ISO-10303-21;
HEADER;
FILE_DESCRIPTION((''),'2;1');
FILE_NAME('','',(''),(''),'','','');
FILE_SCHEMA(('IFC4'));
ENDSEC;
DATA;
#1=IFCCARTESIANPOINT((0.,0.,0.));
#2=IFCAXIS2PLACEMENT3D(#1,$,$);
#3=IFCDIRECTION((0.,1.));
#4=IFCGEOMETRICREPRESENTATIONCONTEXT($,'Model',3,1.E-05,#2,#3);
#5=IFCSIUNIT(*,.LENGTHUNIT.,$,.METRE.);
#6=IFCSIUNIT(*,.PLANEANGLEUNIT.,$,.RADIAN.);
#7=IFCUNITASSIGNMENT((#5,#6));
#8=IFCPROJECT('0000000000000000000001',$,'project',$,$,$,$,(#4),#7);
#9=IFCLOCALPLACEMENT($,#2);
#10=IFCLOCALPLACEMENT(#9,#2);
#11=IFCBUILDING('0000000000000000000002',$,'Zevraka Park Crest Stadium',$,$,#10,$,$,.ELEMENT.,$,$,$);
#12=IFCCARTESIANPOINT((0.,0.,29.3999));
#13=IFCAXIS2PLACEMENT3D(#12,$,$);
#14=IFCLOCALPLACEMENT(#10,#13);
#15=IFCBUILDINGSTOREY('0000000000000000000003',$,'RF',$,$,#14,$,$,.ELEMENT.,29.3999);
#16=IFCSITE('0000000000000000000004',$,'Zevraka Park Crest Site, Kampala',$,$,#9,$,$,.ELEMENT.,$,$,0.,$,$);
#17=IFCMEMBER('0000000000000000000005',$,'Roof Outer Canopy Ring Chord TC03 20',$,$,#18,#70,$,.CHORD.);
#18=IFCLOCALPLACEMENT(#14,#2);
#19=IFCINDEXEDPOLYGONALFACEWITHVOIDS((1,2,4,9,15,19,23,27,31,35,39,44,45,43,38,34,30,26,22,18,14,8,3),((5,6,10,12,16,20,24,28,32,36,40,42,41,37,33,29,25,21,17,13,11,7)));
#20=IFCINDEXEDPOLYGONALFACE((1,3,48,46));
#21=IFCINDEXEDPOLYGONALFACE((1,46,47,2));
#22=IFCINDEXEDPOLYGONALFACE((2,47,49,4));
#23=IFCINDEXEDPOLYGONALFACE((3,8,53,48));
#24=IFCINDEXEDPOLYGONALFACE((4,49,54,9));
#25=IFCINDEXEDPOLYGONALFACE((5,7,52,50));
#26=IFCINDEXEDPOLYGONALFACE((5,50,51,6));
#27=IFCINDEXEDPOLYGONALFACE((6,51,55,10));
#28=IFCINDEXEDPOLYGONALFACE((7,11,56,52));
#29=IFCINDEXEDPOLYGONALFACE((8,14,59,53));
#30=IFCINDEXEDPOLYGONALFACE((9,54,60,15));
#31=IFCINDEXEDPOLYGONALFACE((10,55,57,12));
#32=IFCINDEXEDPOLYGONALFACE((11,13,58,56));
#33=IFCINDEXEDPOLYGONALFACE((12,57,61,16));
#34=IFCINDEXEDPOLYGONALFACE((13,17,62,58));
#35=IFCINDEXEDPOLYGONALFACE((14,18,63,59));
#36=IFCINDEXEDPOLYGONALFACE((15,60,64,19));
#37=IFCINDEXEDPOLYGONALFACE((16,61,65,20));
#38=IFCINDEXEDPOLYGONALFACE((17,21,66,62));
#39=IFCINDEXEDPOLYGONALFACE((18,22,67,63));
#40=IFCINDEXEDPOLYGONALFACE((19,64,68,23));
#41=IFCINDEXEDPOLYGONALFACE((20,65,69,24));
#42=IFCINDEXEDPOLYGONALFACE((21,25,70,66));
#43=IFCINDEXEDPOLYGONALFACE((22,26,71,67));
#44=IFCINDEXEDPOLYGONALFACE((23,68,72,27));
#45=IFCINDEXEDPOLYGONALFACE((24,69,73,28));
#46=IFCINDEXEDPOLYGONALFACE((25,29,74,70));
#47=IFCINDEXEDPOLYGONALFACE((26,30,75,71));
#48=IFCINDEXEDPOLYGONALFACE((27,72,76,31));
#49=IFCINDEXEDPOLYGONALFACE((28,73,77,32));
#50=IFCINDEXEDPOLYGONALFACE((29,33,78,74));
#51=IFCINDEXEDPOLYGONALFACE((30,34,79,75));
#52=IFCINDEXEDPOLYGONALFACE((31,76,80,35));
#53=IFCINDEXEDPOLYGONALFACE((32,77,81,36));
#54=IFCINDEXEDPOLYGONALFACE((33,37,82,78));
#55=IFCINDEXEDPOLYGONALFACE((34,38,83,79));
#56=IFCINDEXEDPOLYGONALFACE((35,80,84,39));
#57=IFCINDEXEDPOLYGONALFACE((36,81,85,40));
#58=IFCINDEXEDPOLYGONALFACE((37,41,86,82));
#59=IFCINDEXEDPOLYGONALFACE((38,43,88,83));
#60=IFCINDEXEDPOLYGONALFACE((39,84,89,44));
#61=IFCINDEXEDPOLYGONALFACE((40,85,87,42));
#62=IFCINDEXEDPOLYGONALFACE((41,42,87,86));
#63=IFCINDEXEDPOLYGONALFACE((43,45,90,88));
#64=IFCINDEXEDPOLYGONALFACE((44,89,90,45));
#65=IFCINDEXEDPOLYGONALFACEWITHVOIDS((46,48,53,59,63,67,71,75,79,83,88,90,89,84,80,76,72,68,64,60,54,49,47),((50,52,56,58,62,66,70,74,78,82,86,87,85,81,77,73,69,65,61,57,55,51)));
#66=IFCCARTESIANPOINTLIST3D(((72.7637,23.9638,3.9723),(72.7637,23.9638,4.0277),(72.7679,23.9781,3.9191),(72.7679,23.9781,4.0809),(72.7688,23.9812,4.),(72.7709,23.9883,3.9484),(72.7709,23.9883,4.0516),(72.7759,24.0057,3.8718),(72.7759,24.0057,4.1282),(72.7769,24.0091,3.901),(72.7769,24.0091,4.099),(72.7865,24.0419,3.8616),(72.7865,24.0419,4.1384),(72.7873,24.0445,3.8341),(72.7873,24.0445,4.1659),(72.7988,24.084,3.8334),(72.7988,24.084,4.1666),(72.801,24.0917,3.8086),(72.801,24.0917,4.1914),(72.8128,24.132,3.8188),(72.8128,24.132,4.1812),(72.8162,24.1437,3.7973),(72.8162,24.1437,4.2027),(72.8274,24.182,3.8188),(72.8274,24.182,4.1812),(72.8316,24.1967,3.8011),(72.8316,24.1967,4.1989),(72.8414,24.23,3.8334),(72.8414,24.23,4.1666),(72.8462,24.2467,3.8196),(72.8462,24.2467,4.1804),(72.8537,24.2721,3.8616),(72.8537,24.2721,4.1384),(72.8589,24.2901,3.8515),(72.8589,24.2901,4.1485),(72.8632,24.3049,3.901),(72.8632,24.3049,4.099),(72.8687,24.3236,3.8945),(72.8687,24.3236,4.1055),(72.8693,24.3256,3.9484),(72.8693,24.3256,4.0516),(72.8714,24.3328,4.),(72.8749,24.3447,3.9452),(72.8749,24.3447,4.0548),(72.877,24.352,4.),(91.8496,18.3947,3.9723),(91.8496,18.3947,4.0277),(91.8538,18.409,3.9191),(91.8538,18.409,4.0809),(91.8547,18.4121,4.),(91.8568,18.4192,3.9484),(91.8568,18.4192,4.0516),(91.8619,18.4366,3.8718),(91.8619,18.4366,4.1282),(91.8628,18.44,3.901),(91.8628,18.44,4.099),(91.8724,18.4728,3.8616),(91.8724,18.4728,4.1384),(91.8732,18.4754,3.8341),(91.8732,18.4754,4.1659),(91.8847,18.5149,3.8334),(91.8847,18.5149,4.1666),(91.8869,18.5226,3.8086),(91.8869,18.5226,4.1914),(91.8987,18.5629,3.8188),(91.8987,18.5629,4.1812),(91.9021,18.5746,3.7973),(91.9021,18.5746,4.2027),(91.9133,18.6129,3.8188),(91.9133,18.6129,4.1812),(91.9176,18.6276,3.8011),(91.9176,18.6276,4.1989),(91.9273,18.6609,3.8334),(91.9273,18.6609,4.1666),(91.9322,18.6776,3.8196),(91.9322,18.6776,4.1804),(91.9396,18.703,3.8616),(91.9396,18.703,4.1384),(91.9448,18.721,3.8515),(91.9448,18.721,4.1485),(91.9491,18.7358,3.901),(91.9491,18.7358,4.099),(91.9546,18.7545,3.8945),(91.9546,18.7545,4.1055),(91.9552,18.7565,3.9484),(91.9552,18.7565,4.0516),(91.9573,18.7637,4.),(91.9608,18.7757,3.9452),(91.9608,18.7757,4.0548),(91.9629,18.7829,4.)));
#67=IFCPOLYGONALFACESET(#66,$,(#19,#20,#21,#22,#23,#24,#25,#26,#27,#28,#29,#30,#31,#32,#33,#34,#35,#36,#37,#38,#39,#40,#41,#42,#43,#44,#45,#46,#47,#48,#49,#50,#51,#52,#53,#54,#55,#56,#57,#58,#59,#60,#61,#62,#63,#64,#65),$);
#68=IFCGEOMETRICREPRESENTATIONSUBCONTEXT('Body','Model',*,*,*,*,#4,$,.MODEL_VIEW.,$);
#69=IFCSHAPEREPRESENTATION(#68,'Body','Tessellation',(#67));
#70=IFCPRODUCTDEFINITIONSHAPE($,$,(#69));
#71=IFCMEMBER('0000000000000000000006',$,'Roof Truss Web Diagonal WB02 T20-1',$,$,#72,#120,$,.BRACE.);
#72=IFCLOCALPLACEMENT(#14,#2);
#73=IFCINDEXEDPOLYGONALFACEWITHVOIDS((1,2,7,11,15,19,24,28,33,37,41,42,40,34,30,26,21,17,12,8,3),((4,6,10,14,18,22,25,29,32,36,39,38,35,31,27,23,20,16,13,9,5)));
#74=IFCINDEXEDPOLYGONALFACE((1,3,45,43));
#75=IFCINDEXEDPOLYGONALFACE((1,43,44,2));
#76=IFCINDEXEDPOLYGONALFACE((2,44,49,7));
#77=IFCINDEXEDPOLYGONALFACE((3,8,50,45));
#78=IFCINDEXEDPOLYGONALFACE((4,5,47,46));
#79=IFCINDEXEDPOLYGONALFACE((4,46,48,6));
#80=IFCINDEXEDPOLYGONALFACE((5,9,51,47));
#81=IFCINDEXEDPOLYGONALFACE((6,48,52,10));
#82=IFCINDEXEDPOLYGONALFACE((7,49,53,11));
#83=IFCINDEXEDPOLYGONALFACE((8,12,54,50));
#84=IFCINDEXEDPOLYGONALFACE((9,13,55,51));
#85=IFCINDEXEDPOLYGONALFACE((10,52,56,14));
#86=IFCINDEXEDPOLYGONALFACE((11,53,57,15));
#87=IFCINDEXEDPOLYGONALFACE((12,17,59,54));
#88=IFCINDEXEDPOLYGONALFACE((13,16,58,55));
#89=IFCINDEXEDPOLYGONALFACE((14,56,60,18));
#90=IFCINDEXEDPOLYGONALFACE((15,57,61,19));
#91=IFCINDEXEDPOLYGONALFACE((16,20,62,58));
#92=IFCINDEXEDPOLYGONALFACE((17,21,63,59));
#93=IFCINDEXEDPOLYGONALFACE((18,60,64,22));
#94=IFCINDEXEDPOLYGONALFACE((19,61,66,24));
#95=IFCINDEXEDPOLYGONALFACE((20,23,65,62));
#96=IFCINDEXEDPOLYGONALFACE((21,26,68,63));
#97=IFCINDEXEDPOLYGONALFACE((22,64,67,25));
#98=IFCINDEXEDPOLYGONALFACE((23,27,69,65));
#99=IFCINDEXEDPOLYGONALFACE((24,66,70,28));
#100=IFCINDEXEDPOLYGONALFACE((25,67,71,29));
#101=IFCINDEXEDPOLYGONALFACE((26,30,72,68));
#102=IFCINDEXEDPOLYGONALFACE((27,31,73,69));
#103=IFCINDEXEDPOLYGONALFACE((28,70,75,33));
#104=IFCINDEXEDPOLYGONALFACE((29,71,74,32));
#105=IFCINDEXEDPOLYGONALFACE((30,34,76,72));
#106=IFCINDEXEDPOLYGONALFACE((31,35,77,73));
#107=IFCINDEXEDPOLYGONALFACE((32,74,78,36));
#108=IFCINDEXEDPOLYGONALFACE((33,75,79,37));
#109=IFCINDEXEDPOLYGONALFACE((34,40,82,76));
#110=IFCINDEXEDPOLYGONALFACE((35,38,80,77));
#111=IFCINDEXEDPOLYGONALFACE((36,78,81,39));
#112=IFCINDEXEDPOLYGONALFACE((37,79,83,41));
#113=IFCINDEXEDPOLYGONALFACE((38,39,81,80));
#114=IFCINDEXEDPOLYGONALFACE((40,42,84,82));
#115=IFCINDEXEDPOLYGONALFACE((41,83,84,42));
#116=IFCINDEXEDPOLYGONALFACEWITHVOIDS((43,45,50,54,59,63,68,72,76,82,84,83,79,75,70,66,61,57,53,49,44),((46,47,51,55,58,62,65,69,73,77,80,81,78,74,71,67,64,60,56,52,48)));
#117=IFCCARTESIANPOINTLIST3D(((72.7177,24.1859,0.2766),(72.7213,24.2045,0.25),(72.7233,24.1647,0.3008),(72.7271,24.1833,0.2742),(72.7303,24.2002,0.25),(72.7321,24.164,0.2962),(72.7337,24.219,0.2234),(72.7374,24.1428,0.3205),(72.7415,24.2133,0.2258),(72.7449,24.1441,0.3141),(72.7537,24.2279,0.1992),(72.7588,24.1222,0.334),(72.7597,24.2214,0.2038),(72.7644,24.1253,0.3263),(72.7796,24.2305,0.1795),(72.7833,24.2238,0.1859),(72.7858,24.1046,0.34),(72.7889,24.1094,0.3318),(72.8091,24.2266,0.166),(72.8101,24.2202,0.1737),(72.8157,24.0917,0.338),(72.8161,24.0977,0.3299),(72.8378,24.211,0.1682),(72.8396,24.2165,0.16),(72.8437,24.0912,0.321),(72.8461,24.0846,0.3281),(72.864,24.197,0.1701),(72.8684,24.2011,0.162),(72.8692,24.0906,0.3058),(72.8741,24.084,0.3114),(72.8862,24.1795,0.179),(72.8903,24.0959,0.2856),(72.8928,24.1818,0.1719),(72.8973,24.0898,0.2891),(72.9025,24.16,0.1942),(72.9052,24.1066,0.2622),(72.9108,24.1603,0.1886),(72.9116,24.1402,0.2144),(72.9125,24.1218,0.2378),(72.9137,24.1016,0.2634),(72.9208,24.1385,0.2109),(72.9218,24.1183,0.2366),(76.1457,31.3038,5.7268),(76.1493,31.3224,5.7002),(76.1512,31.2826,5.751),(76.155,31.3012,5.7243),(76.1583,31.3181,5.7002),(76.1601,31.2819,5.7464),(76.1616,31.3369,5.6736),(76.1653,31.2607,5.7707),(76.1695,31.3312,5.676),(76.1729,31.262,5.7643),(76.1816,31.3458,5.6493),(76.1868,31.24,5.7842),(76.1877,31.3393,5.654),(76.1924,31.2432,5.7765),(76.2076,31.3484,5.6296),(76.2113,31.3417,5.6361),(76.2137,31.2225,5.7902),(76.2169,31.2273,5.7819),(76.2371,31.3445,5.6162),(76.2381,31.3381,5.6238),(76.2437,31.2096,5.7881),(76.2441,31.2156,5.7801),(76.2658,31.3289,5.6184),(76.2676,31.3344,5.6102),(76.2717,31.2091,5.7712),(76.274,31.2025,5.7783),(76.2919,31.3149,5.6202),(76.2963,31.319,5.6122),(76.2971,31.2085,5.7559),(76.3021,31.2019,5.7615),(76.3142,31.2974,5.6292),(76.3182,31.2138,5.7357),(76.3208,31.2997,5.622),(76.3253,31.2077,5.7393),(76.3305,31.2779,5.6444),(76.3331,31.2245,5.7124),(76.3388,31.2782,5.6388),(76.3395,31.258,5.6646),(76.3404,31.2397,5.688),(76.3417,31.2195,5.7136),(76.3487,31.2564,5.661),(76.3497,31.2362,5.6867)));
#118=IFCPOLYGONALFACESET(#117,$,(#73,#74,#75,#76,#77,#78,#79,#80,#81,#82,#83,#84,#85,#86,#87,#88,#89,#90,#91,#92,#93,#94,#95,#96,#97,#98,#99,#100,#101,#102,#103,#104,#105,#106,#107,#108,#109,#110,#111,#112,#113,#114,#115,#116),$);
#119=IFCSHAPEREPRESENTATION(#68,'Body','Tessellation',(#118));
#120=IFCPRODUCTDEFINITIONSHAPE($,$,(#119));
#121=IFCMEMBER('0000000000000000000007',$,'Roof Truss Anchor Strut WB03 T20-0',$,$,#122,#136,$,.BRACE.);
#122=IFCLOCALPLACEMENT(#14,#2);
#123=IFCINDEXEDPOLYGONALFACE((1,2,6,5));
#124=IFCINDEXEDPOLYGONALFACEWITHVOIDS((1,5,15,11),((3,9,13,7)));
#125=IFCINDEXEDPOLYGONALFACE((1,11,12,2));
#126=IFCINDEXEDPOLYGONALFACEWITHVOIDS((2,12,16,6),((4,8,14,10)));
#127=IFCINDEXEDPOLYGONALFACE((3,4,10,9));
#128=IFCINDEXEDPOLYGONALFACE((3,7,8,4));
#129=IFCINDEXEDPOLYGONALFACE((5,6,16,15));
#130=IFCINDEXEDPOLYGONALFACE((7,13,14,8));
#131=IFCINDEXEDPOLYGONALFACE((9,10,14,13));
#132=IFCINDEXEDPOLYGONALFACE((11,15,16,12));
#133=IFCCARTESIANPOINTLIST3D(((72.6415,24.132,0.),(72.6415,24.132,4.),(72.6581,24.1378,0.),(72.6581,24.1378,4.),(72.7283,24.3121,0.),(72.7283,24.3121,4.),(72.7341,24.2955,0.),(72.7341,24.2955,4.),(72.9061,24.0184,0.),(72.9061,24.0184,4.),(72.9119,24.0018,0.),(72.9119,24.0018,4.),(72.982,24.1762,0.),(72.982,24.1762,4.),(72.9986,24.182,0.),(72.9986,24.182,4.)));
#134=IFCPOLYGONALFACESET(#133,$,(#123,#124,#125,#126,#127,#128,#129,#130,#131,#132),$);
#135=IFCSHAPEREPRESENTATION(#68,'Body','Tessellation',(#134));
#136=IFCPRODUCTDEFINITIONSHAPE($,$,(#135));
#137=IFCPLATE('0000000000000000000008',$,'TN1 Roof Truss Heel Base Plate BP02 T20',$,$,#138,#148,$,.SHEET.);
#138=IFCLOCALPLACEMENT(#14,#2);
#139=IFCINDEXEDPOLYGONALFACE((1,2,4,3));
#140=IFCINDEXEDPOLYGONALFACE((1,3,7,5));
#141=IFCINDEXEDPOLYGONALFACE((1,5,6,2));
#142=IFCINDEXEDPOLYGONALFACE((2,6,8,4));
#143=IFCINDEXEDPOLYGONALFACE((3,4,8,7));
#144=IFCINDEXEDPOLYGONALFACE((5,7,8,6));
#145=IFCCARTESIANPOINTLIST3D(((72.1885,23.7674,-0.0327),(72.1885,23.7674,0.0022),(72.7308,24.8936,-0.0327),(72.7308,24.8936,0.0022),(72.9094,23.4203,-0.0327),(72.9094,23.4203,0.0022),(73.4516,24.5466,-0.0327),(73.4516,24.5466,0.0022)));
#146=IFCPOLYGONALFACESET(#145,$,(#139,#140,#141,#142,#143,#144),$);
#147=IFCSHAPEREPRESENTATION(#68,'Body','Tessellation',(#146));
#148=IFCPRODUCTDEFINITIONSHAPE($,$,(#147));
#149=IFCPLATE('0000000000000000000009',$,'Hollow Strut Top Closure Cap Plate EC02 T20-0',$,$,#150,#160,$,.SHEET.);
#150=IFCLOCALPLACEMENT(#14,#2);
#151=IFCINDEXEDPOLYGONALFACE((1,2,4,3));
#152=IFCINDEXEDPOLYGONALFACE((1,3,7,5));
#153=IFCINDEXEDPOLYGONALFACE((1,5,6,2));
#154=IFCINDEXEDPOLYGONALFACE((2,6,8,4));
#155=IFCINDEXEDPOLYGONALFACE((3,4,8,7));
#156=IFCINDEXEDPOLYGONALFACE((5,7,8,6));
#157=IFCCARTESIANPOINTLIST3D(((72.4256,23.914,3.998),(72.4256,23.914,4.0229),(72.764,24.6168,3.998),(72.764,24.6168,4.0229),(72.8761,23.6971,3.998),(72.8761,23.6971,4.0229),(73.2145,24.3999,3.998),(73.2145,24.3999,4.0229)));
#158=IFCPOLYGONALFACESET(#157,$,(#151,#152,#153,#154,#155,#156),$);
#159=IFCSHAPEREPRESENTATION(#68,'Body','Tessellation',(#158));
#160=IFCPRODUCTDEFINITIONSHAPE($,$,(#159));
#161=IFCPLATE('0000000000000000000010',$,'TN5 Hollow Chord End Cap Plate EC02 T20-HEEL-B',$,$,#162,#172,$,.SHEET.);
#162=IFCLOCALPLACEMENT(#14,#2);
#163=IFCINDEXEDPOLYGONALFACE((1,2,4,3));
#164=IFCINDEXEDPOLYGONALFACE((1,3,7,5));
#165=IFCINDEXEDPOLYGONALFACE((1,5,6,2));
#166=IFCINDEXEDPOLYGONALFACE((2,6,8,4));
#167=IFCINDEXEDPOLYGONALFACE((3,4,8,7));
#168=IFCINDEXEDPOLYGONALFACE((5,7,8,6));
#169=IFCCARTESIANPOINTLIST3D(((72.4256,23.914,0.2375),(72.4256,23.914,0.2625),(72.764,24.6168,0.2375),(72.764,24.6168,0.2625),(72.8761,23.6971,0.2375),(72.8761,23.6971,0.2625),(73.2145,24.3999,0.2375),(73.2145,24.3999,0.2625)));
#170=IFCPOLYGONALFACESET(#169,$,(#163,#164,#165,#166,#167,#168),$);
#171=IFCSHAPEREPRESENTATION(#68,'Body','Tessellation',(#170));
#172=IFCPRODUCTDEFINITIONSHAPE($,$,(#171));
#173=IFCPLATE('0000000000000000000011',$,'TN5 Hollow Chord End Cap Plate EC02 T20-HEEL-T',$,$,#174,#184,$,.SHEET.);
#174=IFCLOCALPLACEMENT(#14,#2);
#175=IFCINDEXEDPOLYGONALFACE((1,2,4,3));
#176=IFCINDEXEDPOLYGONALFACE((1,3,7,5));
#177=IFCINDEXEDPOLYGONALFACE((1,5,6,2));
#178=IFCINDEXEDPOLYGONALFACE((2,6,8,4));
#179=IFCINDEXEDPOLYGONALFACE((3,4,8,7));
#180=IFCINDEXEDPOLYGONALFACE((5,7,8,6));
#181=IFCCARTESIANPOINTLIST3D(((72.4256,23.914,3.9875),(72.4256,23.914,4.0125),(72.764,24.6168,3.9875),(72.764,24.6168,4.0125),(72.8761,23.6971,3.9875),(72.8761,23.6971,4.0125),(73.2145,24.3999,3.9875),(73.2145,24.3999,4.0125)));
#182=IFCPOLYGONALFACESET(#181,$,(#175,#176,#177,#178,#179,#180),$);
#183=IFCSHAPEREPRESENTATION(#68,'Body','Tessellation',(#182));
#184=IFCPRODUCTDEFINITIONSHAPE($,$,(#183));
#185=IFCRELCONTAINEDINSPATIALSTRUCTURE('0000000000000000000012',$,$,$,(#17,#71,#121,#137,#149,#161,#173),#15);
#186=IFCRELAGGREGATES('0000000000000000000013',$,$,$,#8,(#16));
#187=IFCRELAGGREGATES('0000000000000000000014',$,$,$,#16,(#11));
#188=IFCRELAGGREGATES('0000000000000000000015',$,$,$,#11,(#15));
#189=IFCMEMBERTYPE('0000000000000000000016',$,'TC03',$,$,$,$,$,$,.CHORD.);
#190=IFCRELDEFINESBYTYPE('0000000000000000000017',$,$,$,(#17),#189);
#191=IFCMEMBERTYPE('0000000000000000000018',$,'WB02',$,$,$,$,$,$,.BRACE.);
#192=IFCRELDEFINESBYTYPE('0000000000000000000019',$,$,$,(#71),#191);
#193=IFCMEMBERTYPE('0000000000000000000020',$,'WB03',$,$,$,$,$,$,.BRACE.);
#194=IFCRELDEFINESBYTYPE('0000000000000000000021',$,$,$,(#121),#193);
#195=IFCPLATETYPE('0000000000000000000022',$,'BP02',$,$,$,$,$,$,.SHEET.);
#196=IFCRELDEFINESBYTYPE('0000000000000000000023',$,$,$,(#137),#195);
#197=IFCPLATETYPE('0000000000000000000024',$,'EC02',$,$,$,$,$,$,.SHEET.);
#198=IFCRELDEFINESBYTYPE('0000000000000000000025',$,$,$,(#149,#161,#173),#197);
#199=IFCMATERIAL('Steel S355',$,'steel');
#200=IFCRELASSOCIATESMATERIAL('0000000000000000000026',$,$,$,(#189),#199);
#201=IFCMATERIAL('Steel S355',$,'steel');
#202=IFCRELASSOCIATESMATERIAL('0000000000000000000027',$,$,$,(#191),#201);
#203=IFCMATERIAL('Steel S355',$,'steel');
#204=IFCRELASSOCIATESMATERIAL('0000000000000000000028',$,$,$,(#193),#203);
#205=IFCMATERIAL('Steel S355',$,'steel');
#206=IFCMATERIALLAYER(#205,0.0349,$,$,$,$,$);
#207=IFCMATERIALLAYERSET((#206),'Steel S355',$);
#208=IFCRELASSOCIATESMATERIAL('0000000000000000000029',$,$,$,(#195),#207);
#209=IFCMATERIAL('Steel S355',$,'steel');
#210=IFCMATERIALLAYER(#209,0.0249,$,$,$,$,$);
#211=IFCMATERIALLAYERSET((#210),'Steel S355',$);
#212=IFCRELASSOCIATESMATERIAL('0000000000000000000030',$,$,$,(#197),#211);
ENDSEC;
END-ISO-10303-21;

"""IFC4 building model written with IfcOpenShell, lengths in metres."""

from ifc_helpers import new_model, si_unit, direction, frame, origin, origin_2d, place, context, subcontext, project, spatial, rectangle, hollow_rectangle, hollow_circle, extrude, material, layer, layer_set, material_profile, profile_set, type_object, element, save


model = new_model("IFC4")

# Units and contexts
model_context = context("Model", 3, precision=1e-05, world=origin(), true_north=direction((0.0, 1.0)))
body_context = subcontext(model_context, "Body", "Model", "MODEL_VIEW")
ifc_project = project(units=[si_unit("LENGTHUNIT", "METRE"), si_unit("PLANEANGLEUNIT", "RADIAN")], contexts=[model_context])

# Site, building, storey
site_placement = place(None, origin())
site = spatial("IfcSite", under=ifc_project, at=site_placement, Name="Zevraka Park Crest Site, Kampala", CompositionType="ELEMENT", RefElevation=0.0)
building_placement = place(site_placement, origin())
building = spatial("IfcBuilding", under=site, at=building_placement, Name="Zevraka Park Crest Stadium", CompositionType="ELEMENT")
storey_placement = place(building_placement, frame((0.0, 0.0, 29.3999)))
storey = spatial("IfcBuildingStorey", under=building, at=storey_placement, Name="RF", CompositionType="ELEMENT", Elevation=29.3999)

# Members
ifc_material_1 = material(Name="Steel S355", Category="steel")
ifc_material_profile_1 = material_profile(ifc_material_1, hollow_circle(Radius=0.2031, WallThickness=0.02, at=origin_2d()), Name="CHS 406.4x20")
ifc_profile_set_1 = profile_set([ifc_material_profile_1], Name="Steel S355")
member_type_1 = type_object("IfcMemberType", Name="TC03", PredefinedType="CHORD", material=ifc_profile_set_1)
member_1_placement = place(storey_placement, frame((72.8201, 24.157, 4.0), z_axis=(0.959968, -0.280109, 0.0), x_axis=(0.280109, 0.959968, 0.0)))
element("IfcMember", 1, at=member_1_placement, inside=storey, type_object=member_type_1, Name="Roof Outer Canopy Ring Chord TC03 20", PredefinedType="CHORD", context=body_context, shape_type="SweptSolid", body=[
    extrude(hollow_circle(Radius=0.2031, WallThickness=0.02, at=origin_2d()), origin(), (0.0, 0.0, 1.0), 19.8818),
])
ifc_material_2 = material(Name="Steel S355", Category="steel")
ifc_material_profile_2 = material_profile(ifc_material_2, hollow_circle(Radius=0.1096, WallThickness=0.01, at=origin_2d()), Name="CHS 219.1x10")
ifc_profile_set_2 = profile_set([ifc_material_profile_2], Name="Steel S355")
member_type_2 = type_object("IfcMemberType", Name="WB02", PredefinedType="BRACE", material=ifc_profile_set_2)
member_2_placement = place(storey_placement, frame((72.8201, 24.157, 0.25), z_axis=(0.357158, 0.741609, 0.567851), x_axis=(-0.900961, 0.433901, 0.0)))
element("IfcMember", 2, at=member_2_placement, inside=storey, type_object=member_type_2, Name="Roof Truss Web Diagonal WB02 T20-1", PredefinedType="BRACE", context=body_context, shape_type="SweptSolid", body=[
    extrude(hollow_circle(Radius=0.1096, WallThickness=0.01, at=origin_2d()), origin(), (0.0, 0.0, 1.0), 9.5979),
])
ifc_material_3 = material(Name="Steel S355", Category="steel")
ifc_material_profile_3 = material_profile(ifc_material_3, hollow_rectangle(XDim=0.2, YDim=0.3, WallThickness=0.0125, at=origin_2d()), Name="RHS 300x200x12.5")
ifc_profile_set_3 = profile_set([ifc_material_profile_3], Name="Steel S355")
member_type_3 = type_object("IfcMemberType", Name="WB03", PredefinedType="BRACE", material=ifc_profile_set_3)
member_3_placement = place(storey_placement, frame((72.8201, 24.157, 0.0), z_axis=(0.0, 0.0, 1.0), x_axis=(0.433816, 0.901001, 0.0)))
element("IfcMember", 3, at=member_3_placement, inside=storey, type_object=member_type_3, Name="Roof Truss Anchor Strut WB03 T20-0", PredefinedType="BRACE", context=body_context, shape_type="SweptSolid", body=[
    extrude(hollow_rectangle(XDim=0.2, YDim=0.3, WallThickness=0.0125, at=origin_2d()), origin(), (0.0, 0.0, 1.0), 4.0),
])

# Plates
ifc_material_4 = material(Name="Steel S355", Category="steel")
ifc_layer_1 = layer(ifc_material_4, 0.0349)
ifc_layer_set_1 = layer_set([ifc_layer_1], Name="Steel S355")
plate_type_1 = type_object("IfcPlateType", Name="BP02", PredefinedType="SHEET", material=ifc_layer_set_1)
plate_placement = place(storey_placement, frame((72.8201, 24.157, -0.0327), z_axis=(0.0, 0.0, 1.0), x_axis=(0.433816, 0.901001, 0.0)))
element("IfcPlate", 4, at=plate_placement, inside=storey, type_object=plate_type_1, Name="TN1 Roof Truss Heel Base Plate BP02 T20", PredefinedType="SHEET", context=body_context, shape_type="SweptSolid", body=[
    extrude(rectangle(XDim=1.25, YDim=0.8, at=origin_2d()), origin(), (0.0, 0.0, 1.0), 0.0349),
])
ifc_material_5 = material(Name="Steel S355", Category="steel")
ifc_layer_2 = layer(ifc_material_5, 0.0249)
ifc_layer_set_2 = layer_set([ifc_layer_2], Name="Steel S355")
plate_type_2 = type_object("IfcPlateType", Name="EC02", PredefinedType="SHEET", material=ifc_layer_set_2)
for number, where, z_axis, x_axis, name in (
    (5, (72.8201, 24.157, 3.998), (0.0, 0.0, 1.0), (0.433816, 0.901001, 0.0), "Hollow Strut Top Closure Cap Plate EC02 T20-0"),
    (6, (72.8201, 24.157, 0.2375), (0.0, 0.0, 1.0), (0.433816, 0.901001, 0.0), "TN5 Hollow Chord End Cap Plate EC02 T20-HEEL-B"),
    (7, (72.8201, 24.157, 3.9875), (0.0, 0.0, 1.0), (0.433816, 0.901001, 0.0), "TN5 Hollow Chord End Cap Plate EC02 T20-HEEL-T"),
):
    element("IfcPlate", number, at=place(storey_placement, frame(where, z_axis=z_axis, x_axis=x_axis)), inside=storey, type_object=plate_type_2, Name=name, PredefinedType="SHEET", context=body_context, shape_type="SweptSolid", body=[
        extrude(rectangle(XDim=0.78, YDim=0.5, at=origin_2d()), origin(), (0.0, 0.0, 1.0), 0.0249),
    ])

save(model, "model.ifc")
